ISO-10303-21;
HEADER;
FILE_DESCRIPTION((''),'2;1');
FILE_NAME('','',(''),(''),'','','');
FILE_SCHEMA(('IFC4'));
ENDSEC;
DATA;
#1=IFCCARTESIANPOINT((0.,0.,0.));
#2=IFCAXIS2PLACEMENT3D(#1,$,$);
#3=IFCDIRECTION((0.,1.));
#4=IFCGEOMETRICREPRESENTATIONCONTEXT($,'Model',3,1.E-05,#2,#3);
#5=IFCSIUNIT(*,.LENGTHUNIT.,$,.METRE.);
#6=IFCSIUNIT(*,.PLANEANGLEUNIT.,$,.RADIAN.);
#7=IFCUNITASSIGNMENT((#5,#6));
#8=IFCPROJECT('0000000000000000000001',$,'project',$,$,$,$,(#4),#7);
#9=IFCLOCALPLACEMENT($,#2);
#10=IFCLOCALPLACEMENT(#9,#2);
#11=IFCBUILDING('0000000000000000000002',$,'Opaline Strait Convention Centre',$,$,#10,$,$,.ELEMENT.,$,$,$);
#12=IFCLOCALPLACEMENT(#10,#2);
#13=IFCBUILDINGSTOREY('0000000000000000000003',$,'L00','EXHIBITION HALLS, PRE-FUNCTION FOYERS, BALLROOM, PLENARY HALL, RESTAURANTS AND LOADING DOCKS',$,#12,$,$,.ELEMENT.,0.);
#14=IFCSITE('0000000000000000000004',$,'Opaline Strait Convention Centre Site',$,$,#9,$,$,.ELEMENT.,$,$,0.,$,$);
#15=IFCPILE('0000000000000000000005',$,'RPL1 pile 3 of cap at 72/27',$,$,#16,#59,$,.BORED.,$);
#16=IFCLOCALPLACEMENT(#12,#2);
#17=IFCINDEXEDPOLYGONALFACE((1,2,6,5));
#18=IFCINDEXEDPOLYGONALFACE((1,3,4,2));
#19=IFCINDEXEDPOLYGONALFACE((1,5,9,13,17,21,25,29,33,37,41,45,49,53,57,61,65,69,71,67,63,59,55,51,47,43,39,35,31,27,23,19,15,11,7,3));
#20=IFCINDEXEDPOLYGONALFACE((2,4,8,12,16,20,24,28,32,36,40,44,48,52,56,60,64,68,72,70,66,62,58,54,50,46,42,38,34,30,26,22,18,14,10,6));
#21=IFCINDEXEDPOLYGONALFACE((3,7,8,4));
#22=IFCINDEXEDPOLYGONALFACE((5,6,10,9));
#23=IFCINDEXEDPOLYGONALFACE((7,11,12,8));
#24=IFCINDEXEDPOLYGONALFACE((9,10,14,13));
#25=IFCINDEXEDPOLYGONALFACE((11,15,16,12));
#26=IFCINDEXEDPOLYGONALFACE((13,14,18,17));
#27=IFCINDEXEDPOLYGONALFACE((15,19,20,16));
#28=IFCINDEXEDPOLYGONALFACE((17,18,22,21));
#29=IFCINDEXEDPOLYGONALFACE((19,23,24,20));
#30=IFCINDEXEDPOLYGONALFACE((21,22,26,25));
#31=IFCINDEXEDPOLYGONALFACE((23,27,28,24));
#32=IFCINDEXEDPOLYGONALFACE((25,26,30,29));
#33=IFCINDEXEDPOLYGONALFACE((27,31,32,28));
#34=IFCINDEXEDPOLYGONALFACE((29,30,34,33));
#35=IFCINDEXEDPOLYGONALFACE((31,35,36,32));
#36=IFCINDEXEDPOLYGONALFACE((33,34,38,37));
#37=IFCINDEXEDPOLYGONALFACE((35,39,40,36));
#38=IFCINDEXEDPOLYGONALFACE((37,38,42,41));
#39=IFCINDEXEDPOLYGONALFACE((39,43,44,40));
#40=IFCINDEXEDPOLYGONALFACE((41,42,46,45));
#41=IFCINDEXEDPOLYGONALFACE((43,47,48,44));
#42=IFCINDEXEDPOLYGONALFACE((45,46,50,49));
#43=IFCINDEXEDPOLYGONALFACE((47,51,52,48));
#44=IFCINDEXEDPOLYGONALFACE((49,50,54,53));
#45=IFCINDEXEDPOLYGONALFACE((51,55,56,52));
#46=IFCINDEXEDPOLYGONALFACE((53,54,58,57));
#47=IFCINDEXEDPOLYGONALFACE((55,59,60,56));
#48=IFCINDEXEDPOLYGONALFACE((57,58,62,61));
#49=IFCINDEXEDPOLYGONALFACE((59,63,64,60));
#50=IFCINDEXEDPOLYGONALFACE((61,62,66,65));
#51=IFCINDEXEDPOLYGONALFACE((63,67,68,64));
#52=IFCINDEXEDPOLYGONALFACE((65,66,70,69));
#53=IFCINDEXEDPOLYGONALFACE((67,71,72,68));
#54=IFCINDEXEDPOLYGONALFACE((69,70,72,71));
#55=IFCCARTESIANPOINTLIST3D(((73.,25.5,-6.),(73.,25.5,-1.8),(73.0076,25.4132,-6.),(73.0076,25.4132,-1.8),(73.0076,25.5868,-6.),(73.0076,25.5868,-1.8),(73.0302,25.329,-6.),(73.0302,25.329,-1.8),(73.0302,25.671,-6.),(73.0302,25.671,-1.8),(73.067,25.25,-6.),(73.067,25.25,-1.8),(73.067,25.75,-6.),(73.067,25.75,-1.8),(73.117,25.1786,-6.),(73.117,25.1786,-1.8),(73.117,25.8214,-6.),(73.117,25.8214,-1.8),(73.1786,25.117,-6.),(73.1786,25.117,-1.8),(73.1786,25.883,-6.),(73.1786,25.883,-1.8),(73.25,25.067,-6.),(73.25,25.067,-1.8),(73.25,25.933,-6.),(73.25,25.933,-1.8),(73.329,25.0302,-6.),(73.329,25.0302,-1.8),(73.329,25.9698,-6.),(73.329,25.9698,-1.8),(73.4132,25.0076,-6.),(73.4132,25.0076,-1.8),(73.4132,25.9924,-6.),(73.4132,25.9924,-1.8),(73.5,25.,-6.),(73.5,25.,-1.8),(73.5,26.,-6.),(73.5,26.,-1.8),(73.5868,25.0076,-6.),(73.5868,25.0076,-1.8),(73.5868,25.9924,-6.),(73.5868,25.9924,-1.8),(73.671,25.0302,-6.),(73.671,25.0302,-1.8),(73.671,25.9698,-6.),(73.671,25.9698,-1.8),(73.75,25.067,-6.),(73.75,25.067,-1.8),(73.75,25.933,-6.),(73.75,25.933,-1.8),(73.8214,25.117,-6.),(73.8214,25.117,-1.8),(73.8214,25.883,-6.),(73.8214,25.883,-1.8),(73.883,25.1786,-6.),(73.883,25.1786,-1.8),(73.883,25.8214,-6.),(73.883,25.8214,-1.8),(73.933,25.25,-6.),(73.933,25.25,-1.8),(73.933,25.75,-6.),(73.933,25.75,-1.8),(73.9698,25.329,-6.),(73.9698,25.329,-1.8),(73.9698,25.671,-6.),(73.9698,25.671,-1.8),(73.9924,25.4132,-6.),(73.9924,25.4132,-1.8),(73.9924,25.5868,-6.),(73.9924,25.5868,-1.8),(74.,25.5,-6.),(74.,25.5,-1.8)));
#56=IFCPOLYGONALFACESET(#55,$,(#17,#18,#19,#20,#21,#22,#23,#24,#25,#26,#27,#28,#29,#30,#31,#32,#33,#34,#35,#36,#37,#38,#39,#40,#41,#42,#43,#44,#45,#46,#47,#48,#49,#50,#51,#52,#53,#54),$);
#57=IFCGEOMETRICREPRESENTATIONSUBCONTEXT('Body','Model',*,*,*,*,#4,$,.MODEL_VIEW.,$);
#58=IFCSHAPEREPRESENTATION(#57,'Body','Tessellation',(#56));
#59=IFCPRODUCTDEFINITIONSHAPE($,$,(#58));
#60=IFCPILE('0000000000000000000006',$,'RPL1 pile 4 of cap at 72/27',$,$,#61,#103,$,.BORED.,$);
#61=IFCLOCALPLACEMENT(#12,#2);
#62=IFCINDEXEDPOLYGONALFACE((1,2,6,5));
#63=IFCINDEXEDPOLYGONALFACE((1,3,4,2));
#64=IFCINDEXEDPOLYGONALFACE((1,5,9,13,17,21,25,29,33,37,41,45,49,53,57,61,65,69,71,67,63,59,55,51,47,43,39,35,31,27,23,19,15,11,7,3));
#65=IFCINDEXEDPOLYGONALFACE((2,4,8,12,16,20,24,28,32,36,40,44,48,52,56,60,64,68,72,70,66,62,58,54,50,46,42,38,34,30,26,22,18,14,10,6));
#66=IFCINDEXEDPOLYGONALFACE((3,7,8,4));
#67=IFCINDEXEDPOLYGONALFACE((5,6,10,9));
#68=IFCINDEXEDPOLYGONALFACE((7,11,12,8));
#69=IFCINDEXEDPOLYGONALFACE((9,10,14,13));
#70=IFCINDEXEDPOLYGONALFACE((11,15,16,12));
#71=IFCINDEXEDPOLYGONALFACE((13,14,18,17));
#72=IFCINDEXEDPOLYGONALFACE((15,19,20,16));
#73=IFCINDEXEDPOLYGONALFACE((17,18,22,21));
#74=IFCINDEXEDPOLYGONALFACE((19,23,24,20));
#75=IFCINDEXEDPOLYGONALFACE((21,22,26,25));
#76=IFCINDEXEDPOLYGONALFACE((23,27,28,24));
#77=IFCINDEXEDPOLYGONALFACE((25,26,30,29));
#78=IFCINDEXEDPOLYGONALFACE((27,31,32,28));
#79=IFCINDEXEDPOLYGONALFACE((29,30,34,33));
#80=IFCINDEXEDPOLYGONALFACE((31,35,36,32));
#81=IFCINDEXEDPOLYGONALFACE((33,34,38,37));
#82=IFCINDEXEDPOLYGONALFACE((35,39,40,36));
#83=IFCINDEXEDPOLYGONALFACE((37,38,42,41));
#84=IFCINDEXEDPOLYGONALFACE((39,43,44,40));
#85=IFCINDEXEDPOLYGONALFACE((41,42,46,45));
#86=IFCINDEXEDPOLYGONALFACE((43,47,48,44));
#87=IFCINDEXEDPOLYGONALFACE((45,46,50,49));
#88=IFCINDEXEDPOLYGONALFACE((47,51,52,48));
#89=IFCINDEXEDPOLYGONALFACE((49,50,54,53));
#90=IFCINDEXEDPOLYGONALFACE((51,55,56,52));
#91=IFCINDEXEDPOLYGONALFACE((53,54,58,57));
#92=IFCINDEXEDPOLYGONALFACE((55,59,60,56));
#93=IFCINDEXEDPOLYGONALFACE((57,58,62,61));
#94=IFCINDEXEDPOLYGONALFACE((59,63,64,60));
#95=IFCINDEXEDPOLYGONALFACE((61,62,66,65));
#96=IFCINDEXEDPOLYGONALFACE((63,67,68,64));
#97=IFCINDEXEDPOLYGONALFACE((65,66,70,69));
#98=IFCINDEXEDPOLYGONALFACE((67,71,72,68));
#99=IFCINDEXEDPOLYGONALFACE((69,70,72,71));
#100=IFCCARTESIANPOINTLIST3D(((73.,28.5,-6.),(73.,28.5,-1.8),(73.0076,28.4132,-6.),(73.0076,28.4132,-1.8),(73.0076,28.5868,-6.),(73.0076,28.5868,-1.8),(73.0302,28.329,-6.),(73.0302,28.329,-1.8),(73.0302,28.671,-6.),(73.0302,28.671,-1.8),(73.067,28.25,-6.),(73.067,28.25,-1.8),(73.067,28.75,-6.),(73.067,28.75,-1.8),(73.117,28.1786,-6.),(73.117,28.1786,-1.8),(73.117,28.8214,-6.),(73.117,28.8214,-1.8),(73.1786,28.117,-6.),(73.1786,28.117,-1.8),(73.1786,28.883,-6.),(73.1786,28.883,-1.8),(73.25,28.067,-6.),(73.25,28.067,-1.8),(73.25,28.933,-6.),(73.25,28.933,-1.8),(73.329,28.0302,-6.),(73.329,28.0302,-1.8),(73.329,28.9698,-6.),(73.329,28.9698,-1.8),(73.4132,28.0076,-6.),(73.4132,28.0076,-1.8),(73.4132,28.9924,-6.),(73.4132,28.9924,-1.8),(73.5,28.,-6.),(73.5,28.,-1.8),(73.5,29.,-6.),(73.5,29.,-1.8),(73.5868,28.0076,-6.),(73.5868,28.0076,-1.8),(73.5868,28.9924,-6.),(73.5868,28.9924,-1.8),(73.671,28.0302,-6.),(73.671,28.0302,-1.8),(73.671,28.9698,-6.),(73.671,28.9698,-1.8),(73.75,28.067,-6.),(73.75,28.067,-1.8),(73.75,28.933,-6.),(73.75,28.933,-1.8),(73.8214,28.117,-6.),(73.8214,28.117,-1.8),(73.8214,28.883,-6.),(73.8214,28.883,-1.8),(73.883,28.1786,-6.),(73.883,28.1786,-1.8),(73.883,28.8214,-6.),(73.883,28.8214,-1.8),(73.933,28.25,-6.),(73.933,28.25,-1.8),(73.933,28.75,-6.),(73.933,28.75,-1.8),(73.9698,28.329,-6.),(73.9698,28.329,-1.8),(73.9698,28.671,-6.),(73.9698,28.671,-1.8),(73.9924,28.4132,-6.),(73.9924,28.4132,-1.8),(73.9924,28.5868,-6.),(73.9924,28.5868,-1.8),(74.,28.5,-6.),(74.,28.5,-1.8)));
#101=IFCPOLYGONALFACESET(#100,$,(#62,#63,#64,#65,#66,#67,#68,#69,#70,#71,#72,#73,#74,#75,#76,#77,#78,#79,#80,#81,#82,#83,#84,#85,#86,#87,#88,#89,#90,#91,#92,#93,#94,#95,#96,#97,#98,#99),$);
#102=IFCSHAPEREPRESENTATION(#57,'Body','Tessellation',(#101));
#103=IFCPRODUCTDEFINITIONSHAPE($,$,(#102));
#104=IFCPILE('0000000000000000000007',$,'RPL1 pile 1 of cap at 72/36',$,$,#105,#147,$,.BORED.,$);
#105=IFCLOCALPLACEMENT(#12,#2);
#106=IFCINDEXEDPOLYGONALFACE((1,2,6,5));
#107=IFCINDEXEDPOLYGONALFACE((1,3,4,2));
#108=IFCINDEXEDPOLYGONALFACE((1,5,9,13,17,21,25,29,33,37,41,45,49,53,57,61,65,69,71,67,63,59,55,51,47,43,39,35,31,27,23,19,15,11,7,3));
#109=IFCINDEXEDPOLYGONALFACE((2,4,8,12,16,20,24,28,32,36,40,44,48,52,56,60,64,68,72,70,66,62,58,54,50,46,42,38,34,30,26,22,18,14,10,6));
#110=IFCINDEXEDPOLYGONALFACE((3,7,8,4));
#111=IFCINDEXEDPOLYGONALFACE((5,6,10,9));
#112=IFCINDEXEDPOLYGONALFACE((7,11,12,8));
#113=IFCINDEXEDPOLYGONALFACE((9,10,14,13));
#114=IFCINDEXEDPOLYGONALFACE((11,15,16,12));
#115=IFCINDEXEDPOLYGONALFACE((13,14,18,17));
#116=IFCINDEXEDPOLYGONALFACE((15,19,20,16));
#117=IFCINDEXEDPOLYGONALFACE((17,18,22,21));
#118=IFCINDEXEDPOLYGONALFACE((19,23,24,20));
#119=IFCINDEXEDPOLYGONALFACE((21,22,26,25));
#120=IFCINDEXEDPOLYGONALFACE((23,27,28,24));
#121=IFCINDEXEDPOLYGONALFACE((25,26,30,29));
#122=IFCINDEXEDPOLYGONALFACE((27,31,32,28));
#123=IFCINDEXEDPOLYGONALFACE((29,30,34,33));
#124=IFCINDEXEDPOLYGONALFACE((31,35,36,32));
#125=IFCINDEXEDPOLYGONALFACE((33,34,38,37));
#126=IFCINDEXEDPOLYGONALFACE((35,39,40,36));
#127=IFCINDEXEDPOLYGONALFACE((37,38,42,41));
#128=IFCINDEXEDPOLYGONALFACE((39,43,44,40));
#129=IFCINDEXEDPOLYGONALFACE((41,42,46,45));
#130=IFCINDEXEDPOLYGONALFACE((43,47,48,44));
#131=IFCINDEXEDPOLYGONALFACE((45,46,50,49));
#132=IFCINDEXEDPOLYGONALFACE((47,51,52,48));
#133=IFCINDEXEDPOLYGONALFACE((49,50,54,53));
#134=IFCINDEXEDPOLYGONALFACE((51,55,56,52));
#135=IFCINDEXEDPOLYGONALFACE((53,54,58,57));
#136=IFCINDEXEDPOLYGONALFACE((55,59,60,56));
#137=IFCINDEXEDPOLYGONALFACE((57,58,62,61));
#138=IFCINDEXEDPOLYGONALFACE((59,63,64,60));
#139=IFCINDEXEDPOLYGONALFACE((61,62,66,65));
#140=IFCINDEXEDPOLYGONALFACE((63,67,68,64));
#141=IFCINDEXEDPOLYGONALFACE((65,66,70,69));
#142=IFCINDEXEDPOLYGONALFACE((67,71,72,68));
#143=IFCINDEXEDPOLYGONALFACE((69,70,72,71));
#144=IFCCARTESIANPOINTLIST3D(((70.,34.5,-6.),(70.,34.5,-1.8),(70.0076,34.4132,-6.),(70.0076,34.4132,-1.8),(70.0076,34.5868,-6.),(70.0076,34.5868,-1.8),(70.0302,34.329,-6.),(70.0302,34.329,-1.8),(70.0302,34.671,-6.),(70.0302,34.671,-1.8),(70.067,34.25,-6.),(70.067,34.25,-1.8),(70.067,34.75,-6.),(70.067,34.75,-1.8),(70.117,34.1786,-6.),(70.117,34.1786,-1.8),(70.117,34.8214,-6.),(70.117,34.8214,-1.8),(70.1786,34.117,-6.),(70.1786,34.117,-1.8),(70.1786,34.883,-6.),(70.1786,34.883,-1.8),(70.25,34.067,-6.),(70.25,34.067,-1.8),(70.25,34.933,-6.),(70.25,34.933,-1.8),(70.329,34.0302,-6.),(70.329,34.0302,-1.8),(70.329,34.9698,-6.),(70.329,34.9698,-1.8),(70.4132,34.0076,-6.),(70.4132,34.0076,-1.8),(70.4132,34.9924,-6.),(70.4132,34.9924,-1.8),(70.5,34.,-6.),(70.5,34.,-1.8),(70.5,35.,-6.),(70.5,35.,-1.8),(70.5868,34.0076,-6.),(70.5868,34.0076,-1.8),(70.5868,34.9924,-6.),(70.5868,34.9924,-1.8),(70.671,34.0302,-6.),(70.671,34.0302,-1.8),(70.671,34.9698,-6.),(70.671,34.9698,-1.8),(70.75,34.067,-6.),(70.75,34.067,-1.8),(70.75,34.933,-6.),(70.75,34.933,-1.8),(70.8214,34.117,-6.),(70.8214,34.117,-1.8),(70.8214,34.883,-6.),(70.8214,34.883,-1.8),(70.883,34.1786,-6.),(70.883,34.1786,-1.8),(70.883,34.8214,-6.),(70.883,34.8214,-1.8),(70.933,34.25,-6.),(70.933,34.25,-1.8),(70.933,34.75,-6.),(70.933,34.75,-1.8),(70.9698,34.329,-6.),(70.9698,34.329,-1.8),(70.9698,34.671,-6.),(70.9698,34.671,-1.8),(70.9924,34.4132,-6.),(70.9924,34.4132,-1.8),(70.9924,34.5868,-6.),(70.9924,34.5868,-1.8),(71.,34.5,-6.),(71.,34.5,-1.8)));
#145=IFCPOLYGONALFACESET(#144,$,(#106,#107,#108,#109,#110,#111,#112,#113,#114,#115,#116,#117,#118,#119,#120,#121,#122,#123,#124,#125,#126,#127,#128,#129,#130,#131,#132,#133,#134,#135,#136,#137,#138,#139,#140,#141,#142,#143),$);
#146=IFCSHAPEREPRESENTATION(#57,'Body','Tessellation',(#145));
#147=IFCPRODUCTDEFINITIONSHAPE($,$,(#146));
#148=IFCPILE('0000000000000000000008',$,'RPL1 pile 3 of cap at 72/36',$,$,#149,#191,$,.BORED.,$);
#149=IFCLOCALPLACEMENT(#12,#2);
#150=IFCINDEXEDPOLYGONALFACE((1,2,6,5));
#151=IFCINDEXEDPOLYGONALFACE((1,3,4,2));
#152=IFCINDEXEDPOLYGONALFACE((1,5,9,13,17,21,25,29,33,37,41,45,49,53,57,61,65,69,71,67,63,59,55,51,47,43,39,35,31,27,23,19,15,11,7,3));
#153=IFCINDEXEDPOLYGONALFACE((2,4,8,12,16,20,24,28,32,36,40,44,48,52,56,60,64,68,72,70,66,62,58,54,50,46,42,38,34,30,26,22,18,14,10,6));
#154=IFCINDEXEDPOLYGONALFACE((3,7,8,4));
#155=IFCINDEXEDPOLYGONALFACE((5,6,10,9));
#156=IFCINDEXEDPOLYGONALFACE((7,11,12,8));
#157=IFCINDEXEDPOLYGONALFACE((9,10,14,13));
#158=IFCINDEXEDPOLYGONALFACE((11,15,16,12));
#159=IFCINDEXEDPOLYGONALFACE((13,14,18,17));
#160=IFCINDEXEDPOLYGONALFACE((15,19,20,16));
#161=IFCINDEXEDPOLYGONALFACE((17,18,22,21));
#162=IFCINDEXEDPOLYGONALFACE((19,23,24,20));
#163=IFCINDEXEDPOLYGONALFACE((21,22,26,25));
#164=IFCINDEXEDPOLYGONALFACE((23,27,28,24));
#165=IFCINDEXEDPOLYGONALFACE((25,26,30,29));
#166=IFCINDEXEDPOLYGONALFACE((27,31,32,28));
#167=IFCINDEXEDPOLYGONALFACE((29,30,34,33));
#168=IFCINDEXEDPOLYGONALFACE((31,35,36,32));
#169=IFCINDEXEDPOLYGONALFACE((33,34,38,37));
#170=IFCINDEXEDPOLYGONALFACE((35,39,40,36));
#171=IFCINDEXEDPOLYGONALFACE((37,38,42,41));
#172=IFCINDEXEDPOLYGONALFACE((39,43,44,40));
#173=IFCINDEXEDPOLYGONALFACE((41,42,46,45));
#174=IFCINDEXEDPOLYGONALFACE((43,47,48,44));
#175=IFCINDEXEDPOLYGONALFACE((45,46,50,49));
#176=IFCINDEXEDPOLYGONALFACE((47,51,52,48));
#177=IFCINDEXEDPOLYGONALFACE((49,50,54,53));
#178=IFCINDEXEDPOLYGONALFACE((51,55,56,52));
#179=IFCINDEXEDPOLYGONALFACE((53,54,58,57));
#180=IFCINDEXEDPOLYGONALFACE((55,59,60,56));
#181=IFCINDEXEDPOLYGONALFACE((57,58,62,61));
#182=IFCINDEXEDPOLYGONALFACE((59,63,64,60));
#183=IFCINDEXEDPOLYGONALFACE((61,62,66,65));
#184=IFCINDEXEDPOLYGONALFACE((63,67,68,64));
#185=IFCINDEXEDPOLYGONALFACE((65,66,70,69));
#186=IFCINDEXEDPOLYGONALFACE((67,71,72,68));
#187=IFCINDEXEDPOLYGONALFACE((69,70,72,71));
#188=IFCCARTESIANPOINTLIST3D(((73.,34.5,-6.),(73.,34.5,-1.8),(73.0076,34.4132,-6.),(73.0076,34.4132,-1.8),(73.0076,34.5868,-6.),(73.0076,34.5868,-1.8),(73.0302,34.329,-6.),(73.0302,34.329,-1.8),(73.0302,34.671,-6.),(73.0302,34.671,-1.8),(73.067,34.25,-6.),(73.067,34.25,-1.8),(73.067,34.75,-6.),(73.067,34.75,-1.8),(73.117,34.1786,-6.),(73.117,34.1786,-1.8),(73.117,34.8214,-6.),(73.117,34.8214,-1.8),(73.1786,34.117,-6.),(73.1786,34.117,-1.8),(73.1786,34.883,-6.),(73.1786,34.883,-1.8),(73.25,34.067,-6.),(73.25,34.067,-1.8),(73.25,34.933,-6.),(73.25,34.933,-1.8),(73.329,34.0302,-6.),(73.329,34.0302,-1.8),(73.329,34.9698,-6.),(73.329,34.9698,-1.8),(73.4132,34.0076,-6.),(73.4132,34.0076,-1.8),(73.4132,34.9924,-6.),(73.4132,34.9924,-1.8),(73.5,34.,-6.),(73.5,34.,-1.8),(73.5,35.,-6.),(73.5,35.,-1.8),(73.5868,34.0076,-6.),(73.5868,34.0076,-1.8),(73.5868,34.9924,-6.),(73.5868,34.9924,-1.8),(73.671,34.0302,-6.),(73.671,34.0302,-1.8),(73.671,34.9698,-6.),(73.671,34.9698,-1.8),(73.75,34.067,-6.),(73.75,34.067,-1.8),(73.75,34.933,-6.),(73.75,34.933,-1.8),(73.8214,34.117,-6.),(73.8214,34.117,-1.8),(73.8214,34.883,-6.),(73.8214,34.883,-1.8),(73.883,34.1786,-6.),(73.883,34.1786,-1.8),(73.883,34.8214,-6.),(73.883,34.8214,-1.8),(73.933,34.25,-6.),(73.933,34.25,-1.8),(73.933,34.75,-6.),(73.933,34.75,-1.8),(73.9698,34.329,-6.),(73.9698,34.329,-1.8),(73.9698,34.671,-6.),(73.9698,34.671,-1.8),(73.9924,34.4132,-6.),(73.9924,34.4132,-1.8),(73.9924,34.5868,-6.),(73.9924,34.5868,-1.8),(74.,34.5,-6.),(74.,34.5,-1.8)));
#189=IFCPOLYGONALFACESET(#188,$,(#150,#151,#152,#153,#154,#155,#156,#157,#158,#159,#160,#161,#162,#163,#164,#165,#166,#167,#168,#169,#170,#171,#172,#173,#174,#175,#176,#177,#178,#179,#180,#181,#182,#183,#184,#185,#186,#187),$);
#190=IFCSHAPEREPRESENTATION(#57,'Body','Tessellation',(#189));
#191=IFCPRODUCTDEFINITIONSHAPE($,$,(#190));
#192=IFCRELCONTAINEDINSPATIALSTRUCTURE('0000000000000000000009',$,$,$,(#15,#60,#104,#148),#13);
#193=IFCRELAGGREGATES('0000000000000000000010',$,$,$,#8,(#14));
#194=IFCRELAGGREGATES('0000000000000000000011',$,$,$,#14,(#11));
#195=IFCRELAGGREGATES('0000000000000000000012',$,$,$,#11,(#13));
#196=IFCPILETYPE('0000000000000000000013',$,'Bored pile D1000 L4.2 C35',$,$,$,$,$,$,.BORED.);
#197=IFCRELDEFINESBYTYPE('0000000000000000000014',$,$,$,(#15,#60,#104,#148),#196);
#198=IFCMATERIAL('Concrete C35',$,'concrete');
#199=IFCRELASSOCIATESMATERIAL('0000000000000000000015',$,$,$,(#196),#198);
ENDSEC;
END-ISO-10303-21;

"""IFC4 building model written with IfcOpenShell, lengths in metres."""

from ifc_helpers import new_model, si_unit, direction, frame, origin, origin_2d, place, context, subcontext, project, spatial, circle, extrude, material, material_profile, profile_set, type_object, element, save


model = new_model("IFC4")

# Units and contexts
model_context = context("Model", 3, precision=1e-05, world=origin(), true_north=direction((0.0, 1.0)))
body_context = subcontext(model_context, "Body", "Model", "MODEL_VIEW")
ifc_project = project(units=[si_unit("LENGTHUNIT", "METRE"), si_unit("PLANEANGLEUNIT", "RADIAN")], contexts=[model_context])

# Site, building, storey
site_placement = place(None, origin())
site = spatial("IfcSite", under=ifc_project, at=site_placement, Name="Opaline Strait Convention Centre Site", CompositionType="ELEMENT", RefElevation=0.0)
building_placement = place(site_placement, origin())
building = spatial("IfcBuilding", under=site, at=building_placement, Name="Opaline Strait Convention Centre", CompositionType="ELEMENT")
storey_placement = place(building_placement, origin())
storey = spatial("IfcBuildingStorey", under=building, at=storey_placement, Name="L00", Description="EXHIBITION HALLS, PRE-FUNCTION FOYERS, BALLROOM, PLENARY HALL, RESTAURANTS AND LOADING DOCKS", CompositionType="ELEMENT", Elevation=0.0)

# Piles
ifc_material_1 = material(Name="Concrete C35", Category="concrete")
ifc_material_profile_1 = material_profile(ifc_material_1, circle(Radius=0.5, at=origin_2d()), Name="D1000")
ifc_profile_set_1 = profile_set([ifc_material_profile_1], Name="Concrete C35")
pile_type = type_object("IfcPileType", Name="Bored pile D1000 L4.2 C35", PredefinedType="BORED", material=ifc_profile_set_1)
for number, where, z_axis, x_axis, name in (
    (1, (73.5, 25.5, -1.8), (0.0, 0.0, -1.0), (1.0, 0.0, 0.0), "RPL1 pile 3 of cap at 72/27"),
    (2, (73.5, 28.5, -1.8), (0.0, 0.0, -1.0), (1.0, 0.0, 0.0), "RPL1 pile 4 of cap at 72/27"),
    (3, (70.5, 34.5, -1.8), (0.0, 0.0, -1.0), (1.0, 0.0, 0.0), "RPL1 pile 1 of cap at 72/36"),
    (4, (73.5, 34.5, -1.8), (0.0, 0.0, -1.0), (1.0, 0.0, 0.0), "RPL1 pile 3 of cap at 72/36"),
):
    element("IfcPile", number, at=place(storey_placement, frame(where, z_axis=z_axis, x_axis=x_axis)), inside=storey, type_object=pile_type, Name=name, PredefinedType="BORED", context=body_context, shape_type="SweptSolid", body=[
        extrude(circle(Radius=0.5, at=origin_2d()), origin(), (0.0, 0.0, 1.0), 4.2),
    ])

save(model, "model.ifc")
